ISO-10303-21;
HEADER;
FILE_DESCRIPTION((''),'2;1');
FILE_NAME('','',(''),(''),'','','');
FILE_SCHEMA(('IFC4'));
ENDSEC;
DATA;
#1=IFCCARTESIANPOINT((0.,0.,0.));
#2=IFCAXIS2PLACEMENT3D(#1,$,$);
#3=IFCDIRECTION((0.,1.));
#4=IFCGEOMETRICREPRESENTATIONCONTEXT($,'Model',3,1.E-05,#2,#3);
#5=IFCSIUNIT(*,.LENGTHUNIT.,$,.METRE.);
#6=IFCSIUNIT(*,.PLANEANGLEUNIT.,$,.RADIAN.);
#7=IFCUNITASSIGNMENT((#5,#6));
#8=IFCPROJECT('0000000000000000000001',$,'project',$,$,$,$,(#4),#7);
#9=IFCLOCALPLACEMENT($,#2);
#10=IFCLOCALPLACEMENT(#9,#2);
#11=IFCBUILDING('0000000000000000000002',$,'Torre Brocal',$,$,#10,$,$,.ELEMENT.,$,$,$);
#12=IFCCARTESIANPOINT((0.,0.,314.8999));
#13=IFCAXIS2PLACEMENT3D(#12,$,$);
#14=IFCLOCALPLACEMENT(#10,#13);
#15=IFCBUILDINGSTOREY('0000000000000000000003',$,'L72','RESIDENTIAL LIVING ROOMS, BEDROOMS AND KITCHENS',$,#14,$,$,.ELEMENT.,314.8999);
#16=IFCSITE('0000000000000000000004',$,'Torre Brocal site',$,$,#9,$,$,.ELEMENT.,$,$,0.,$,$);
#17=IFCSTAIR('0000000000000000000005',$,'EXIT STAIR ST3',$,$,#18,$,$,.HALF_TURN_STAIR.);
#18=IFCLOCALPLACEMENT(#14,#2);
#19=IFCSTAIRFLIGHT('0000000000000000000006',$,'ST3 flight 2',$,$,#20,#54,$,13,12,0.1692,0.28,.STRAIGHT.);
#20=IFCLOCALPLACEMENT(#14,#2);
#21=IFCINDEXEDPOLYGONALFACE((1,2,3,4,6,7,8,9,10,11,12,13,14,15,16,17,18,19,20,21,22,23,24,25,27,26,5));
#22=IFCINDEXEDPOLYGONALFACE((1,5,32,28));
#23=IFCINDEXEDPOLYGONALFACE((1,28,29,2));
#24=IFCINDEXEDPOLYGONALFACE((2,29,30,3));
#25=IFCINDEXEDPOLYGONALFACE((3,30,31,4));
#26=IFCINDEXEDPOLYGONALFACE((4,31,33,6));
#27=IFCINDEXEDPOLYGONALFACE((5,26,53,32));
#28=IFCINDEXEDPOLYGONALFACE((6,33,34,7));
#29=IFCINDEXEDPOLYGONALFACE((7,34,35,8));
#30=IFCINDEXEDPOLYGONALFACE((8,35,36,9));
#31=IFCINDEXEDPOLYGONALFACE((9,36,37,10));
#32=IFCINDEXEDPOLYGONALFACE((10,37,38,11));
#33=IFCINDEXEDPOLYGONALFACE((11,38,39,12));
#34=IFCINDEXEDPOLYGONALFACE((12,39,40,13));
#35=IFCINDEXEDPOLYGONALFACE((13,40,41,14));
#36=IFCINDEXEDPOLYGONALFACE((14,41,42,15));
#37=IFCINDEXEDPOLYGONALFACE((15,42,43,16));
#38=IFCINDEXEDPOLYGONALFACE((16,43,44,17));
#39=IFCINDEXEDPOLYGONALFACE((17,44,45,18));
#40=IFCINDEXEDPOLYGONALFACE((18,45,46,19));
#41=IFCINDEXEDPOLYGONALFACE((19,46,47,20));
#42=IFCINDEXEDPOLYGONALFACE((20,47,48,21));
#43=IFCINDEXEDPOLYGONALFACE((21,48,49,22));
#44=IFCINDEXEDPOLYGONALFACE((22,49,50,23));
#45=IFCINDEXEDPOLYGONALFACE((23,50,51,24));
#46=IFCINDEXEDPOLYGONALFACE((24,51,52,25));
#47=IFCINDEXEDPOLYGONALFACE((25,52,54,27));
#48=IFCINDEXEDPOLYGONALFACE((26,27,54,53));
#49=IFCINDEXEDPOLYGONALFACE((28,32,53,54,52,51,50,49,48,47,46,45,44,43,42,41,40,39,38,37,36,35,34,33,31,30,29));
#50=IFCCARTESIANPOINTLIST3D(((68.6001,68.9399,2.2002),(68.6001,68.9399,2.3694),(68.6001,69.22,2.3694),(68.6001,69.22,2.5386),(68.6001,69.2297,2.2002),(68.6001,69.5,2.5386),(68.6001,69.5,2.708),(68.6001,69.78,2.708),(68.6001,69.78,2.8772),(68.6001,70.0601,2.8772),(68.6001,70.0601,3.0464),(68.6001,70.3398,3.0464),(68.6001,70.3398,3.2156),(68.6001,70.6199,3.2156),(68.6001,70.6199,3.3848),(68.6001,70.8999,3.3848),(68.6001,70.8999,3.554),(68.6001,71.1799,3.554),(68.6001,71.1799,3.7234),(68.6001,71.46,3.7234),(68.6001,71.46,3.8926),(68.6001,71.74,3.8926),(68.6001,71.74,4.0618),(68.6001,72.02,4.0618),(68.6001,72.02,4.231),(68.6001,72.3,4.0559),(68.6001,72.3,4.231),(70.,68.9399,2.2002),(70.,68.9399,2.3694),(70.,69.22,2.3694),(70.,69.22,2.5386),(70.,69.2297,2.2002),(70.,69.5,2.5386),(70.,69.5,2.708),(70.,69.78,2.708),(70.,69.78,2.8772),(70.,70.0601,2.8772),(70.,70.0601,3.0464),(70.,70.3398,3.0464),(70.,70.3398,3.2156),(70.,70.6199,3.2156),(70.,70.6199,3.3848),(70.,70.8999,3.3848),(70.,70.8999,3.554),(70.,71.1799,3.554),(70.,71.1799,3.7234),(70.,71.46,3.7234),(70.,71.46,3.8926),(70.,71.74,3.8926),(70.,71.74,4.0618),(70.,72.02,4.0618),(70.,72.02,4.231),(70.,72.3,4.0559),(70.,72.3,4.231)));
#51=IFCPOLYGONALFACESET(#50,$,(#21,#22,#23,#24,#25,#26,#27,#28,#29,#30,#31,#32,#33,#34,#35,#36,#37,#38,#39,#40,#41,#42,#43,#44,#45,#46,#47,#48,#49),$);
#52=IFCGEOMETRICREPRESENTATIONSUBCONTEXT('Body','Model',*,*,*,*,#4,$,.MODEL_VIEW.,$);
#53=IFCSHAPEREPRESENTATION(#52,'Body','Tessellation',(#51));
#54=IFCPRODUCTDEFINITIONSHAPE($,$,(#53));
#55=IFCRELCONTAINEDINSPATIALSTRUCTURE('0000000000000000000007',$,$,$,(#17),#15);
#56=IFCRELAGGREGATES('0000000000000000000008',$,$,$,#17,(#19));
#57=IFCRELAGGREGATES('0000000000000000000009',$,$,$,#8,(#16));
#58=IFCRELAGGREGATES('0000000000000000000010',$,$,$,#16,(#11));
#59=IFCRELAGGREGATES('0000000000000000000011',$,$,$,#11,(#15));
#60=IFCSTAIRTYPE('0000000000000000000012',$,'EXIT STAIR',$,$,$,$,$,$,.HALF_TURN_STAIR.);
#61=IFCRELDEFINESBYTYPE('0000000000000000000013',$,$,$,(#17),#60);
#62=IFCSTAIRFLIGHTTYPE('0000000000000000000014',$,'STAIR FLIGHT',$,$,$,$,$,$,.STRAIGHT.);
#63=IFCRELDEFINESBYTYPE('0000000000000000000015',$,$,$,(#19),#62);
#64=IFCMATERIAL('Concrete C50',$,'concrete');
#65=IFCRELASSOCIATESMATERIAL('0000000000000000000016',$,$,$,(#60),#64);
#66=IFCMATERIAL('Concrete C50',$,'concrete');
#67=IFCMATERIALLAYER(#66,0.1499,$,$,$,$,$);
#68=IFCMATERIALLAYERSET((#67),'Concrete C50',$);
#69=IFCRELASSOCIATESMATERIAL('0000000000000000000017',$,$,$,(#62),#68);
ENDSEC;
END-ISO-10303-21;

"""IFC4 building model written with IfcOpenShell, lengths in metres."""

from ifc_helpers import new_model, si_unit, direction, frame, origin, place, context, subcontext, project, spatial, polyline, outline, extrude, material, layer, layer_set, type_object, element, aggregate, save


model = new_model("IFC4")

# Units and contexts
model_context = context("Model", 3, precision=1e-05, world=origin(), true_north=direction((0.0, 1.0)))
body_context = subcontext(model_context, "Body", "Model", "MODEL_VIEW")
ifc_project = project(units=[si_unit("LENGTHUNIT", "METRE"), si_unit("PLANEANGLEUNIT", "RADIAN")], contexts=[model_context])

# Site, building, storey
site_placement = place(None, origin())
site = spatial("IfcSite", under=ifc_project, at=site_placement, Name="Torre Brocal site", CompositionType="ELEMENT", RefElevation=0.0)
building_placement = place(site_placement, origin())
building = spatial("IfcBuilding", under=site, at=building_placement, Name="Torre Brocal", CompositionType="ELEMENT")
storey_placement = place(building_placement, frame((0.0, 0.0, 314.8999)))
storey = spatial("IfcBuildingStorey", under=building, at=storey_placement, Name="L72", Description="RESIDENTIAL LIVING ROOMS, BEDROOMS AND KITCHENS", CompositionType="ELEMENT", Elevation=314.8999)

# Stair, stair flight
ifc_material_1 = material(Name="Concrete C50", Category="concrete")
stair_type = type_object("IfcStairType", Name="EXIT STAIR", PredefinedType="HALF_TURN_STAIR", material=ifc_material_1)
stair_placement = place(storey_placement, origin())
stair = element("IfcStair", 1, at=stair_placement, inside=storey, type_object=stair_type, Name="EXIT STAIR ST3", PredefinedType="HALF_TURN_STAIR")
ifc_material_2 = material(Name="Concrete C50", Category="concrete")
ifc_layer_1 = layer(ifc_material_2, 0.1499)
ifc_layer_set_1 = layer_set([ifc_layer_1], Name="Concrete C50")
stair_flight_type = type_object("IfcStairFlightType", Name="STAIR FLIGHT", PredefinedType="STRAIGHT", material=ifc_layer_set_1)
stair_flight_placement = place(storey_placement, frame((69.3, 68.9399, 2.2002), z_axis=(0.0, 0.0, 1.0), x_axis=(0.0, 1.0, 0.0)))
stair_flight = element("IfcStairFlight", 2, at=stair_flight_placement, type_object=stair_flight_type, Name="ST3 flight 2", NumberOfRisers=13, NumberOfTreads=12, PredefinedType="STRAIGHT", RiserHeight=0.1692, TreadLength=0.28, context=body_context, shape_type="SweptSolid", body=[
    extrude(outline(polyline([(0.0, 0.0), (0.0, 0.1692), (0.28, 0.1692), (0.28, 0.3384), (0.5601, 0.3384), (0.5601, 0.5078), (0.8401, 0.5078), (0.8401, 0.677), (1.1201, 0.677), (1.1201, 0.8462), (1.3999, 0.8462), (1.3999, 1.0154), (1.6799, 1.0154), (1.6799, 1.1846), (1.96, 1.1846), (1.96, 1.3538), (2.24, 1.3538), (2.24, 1.5232), (2.52, 1.5232), (2.52, 1.6924), (2.8, 1.6924), (2.8, 1.8616), (3.0801, 1.8616), (3.0801, 2.0308), (3.3601, 2.0308), (3.3601, 2.2), (3.3601, 1.8557), (0.2898, 0.0), (0.0, 0.0)])), frame((0.0, 0.7, 0.0), z_axis=(0.0, -1.0, 0.0), x_axis=(1.0, 0.0, 0.0)), (0.0, 0.0, 1.0), 1.3999),
])
aggregate(stair, [stair_flight])

save(model, "model.ifc")
